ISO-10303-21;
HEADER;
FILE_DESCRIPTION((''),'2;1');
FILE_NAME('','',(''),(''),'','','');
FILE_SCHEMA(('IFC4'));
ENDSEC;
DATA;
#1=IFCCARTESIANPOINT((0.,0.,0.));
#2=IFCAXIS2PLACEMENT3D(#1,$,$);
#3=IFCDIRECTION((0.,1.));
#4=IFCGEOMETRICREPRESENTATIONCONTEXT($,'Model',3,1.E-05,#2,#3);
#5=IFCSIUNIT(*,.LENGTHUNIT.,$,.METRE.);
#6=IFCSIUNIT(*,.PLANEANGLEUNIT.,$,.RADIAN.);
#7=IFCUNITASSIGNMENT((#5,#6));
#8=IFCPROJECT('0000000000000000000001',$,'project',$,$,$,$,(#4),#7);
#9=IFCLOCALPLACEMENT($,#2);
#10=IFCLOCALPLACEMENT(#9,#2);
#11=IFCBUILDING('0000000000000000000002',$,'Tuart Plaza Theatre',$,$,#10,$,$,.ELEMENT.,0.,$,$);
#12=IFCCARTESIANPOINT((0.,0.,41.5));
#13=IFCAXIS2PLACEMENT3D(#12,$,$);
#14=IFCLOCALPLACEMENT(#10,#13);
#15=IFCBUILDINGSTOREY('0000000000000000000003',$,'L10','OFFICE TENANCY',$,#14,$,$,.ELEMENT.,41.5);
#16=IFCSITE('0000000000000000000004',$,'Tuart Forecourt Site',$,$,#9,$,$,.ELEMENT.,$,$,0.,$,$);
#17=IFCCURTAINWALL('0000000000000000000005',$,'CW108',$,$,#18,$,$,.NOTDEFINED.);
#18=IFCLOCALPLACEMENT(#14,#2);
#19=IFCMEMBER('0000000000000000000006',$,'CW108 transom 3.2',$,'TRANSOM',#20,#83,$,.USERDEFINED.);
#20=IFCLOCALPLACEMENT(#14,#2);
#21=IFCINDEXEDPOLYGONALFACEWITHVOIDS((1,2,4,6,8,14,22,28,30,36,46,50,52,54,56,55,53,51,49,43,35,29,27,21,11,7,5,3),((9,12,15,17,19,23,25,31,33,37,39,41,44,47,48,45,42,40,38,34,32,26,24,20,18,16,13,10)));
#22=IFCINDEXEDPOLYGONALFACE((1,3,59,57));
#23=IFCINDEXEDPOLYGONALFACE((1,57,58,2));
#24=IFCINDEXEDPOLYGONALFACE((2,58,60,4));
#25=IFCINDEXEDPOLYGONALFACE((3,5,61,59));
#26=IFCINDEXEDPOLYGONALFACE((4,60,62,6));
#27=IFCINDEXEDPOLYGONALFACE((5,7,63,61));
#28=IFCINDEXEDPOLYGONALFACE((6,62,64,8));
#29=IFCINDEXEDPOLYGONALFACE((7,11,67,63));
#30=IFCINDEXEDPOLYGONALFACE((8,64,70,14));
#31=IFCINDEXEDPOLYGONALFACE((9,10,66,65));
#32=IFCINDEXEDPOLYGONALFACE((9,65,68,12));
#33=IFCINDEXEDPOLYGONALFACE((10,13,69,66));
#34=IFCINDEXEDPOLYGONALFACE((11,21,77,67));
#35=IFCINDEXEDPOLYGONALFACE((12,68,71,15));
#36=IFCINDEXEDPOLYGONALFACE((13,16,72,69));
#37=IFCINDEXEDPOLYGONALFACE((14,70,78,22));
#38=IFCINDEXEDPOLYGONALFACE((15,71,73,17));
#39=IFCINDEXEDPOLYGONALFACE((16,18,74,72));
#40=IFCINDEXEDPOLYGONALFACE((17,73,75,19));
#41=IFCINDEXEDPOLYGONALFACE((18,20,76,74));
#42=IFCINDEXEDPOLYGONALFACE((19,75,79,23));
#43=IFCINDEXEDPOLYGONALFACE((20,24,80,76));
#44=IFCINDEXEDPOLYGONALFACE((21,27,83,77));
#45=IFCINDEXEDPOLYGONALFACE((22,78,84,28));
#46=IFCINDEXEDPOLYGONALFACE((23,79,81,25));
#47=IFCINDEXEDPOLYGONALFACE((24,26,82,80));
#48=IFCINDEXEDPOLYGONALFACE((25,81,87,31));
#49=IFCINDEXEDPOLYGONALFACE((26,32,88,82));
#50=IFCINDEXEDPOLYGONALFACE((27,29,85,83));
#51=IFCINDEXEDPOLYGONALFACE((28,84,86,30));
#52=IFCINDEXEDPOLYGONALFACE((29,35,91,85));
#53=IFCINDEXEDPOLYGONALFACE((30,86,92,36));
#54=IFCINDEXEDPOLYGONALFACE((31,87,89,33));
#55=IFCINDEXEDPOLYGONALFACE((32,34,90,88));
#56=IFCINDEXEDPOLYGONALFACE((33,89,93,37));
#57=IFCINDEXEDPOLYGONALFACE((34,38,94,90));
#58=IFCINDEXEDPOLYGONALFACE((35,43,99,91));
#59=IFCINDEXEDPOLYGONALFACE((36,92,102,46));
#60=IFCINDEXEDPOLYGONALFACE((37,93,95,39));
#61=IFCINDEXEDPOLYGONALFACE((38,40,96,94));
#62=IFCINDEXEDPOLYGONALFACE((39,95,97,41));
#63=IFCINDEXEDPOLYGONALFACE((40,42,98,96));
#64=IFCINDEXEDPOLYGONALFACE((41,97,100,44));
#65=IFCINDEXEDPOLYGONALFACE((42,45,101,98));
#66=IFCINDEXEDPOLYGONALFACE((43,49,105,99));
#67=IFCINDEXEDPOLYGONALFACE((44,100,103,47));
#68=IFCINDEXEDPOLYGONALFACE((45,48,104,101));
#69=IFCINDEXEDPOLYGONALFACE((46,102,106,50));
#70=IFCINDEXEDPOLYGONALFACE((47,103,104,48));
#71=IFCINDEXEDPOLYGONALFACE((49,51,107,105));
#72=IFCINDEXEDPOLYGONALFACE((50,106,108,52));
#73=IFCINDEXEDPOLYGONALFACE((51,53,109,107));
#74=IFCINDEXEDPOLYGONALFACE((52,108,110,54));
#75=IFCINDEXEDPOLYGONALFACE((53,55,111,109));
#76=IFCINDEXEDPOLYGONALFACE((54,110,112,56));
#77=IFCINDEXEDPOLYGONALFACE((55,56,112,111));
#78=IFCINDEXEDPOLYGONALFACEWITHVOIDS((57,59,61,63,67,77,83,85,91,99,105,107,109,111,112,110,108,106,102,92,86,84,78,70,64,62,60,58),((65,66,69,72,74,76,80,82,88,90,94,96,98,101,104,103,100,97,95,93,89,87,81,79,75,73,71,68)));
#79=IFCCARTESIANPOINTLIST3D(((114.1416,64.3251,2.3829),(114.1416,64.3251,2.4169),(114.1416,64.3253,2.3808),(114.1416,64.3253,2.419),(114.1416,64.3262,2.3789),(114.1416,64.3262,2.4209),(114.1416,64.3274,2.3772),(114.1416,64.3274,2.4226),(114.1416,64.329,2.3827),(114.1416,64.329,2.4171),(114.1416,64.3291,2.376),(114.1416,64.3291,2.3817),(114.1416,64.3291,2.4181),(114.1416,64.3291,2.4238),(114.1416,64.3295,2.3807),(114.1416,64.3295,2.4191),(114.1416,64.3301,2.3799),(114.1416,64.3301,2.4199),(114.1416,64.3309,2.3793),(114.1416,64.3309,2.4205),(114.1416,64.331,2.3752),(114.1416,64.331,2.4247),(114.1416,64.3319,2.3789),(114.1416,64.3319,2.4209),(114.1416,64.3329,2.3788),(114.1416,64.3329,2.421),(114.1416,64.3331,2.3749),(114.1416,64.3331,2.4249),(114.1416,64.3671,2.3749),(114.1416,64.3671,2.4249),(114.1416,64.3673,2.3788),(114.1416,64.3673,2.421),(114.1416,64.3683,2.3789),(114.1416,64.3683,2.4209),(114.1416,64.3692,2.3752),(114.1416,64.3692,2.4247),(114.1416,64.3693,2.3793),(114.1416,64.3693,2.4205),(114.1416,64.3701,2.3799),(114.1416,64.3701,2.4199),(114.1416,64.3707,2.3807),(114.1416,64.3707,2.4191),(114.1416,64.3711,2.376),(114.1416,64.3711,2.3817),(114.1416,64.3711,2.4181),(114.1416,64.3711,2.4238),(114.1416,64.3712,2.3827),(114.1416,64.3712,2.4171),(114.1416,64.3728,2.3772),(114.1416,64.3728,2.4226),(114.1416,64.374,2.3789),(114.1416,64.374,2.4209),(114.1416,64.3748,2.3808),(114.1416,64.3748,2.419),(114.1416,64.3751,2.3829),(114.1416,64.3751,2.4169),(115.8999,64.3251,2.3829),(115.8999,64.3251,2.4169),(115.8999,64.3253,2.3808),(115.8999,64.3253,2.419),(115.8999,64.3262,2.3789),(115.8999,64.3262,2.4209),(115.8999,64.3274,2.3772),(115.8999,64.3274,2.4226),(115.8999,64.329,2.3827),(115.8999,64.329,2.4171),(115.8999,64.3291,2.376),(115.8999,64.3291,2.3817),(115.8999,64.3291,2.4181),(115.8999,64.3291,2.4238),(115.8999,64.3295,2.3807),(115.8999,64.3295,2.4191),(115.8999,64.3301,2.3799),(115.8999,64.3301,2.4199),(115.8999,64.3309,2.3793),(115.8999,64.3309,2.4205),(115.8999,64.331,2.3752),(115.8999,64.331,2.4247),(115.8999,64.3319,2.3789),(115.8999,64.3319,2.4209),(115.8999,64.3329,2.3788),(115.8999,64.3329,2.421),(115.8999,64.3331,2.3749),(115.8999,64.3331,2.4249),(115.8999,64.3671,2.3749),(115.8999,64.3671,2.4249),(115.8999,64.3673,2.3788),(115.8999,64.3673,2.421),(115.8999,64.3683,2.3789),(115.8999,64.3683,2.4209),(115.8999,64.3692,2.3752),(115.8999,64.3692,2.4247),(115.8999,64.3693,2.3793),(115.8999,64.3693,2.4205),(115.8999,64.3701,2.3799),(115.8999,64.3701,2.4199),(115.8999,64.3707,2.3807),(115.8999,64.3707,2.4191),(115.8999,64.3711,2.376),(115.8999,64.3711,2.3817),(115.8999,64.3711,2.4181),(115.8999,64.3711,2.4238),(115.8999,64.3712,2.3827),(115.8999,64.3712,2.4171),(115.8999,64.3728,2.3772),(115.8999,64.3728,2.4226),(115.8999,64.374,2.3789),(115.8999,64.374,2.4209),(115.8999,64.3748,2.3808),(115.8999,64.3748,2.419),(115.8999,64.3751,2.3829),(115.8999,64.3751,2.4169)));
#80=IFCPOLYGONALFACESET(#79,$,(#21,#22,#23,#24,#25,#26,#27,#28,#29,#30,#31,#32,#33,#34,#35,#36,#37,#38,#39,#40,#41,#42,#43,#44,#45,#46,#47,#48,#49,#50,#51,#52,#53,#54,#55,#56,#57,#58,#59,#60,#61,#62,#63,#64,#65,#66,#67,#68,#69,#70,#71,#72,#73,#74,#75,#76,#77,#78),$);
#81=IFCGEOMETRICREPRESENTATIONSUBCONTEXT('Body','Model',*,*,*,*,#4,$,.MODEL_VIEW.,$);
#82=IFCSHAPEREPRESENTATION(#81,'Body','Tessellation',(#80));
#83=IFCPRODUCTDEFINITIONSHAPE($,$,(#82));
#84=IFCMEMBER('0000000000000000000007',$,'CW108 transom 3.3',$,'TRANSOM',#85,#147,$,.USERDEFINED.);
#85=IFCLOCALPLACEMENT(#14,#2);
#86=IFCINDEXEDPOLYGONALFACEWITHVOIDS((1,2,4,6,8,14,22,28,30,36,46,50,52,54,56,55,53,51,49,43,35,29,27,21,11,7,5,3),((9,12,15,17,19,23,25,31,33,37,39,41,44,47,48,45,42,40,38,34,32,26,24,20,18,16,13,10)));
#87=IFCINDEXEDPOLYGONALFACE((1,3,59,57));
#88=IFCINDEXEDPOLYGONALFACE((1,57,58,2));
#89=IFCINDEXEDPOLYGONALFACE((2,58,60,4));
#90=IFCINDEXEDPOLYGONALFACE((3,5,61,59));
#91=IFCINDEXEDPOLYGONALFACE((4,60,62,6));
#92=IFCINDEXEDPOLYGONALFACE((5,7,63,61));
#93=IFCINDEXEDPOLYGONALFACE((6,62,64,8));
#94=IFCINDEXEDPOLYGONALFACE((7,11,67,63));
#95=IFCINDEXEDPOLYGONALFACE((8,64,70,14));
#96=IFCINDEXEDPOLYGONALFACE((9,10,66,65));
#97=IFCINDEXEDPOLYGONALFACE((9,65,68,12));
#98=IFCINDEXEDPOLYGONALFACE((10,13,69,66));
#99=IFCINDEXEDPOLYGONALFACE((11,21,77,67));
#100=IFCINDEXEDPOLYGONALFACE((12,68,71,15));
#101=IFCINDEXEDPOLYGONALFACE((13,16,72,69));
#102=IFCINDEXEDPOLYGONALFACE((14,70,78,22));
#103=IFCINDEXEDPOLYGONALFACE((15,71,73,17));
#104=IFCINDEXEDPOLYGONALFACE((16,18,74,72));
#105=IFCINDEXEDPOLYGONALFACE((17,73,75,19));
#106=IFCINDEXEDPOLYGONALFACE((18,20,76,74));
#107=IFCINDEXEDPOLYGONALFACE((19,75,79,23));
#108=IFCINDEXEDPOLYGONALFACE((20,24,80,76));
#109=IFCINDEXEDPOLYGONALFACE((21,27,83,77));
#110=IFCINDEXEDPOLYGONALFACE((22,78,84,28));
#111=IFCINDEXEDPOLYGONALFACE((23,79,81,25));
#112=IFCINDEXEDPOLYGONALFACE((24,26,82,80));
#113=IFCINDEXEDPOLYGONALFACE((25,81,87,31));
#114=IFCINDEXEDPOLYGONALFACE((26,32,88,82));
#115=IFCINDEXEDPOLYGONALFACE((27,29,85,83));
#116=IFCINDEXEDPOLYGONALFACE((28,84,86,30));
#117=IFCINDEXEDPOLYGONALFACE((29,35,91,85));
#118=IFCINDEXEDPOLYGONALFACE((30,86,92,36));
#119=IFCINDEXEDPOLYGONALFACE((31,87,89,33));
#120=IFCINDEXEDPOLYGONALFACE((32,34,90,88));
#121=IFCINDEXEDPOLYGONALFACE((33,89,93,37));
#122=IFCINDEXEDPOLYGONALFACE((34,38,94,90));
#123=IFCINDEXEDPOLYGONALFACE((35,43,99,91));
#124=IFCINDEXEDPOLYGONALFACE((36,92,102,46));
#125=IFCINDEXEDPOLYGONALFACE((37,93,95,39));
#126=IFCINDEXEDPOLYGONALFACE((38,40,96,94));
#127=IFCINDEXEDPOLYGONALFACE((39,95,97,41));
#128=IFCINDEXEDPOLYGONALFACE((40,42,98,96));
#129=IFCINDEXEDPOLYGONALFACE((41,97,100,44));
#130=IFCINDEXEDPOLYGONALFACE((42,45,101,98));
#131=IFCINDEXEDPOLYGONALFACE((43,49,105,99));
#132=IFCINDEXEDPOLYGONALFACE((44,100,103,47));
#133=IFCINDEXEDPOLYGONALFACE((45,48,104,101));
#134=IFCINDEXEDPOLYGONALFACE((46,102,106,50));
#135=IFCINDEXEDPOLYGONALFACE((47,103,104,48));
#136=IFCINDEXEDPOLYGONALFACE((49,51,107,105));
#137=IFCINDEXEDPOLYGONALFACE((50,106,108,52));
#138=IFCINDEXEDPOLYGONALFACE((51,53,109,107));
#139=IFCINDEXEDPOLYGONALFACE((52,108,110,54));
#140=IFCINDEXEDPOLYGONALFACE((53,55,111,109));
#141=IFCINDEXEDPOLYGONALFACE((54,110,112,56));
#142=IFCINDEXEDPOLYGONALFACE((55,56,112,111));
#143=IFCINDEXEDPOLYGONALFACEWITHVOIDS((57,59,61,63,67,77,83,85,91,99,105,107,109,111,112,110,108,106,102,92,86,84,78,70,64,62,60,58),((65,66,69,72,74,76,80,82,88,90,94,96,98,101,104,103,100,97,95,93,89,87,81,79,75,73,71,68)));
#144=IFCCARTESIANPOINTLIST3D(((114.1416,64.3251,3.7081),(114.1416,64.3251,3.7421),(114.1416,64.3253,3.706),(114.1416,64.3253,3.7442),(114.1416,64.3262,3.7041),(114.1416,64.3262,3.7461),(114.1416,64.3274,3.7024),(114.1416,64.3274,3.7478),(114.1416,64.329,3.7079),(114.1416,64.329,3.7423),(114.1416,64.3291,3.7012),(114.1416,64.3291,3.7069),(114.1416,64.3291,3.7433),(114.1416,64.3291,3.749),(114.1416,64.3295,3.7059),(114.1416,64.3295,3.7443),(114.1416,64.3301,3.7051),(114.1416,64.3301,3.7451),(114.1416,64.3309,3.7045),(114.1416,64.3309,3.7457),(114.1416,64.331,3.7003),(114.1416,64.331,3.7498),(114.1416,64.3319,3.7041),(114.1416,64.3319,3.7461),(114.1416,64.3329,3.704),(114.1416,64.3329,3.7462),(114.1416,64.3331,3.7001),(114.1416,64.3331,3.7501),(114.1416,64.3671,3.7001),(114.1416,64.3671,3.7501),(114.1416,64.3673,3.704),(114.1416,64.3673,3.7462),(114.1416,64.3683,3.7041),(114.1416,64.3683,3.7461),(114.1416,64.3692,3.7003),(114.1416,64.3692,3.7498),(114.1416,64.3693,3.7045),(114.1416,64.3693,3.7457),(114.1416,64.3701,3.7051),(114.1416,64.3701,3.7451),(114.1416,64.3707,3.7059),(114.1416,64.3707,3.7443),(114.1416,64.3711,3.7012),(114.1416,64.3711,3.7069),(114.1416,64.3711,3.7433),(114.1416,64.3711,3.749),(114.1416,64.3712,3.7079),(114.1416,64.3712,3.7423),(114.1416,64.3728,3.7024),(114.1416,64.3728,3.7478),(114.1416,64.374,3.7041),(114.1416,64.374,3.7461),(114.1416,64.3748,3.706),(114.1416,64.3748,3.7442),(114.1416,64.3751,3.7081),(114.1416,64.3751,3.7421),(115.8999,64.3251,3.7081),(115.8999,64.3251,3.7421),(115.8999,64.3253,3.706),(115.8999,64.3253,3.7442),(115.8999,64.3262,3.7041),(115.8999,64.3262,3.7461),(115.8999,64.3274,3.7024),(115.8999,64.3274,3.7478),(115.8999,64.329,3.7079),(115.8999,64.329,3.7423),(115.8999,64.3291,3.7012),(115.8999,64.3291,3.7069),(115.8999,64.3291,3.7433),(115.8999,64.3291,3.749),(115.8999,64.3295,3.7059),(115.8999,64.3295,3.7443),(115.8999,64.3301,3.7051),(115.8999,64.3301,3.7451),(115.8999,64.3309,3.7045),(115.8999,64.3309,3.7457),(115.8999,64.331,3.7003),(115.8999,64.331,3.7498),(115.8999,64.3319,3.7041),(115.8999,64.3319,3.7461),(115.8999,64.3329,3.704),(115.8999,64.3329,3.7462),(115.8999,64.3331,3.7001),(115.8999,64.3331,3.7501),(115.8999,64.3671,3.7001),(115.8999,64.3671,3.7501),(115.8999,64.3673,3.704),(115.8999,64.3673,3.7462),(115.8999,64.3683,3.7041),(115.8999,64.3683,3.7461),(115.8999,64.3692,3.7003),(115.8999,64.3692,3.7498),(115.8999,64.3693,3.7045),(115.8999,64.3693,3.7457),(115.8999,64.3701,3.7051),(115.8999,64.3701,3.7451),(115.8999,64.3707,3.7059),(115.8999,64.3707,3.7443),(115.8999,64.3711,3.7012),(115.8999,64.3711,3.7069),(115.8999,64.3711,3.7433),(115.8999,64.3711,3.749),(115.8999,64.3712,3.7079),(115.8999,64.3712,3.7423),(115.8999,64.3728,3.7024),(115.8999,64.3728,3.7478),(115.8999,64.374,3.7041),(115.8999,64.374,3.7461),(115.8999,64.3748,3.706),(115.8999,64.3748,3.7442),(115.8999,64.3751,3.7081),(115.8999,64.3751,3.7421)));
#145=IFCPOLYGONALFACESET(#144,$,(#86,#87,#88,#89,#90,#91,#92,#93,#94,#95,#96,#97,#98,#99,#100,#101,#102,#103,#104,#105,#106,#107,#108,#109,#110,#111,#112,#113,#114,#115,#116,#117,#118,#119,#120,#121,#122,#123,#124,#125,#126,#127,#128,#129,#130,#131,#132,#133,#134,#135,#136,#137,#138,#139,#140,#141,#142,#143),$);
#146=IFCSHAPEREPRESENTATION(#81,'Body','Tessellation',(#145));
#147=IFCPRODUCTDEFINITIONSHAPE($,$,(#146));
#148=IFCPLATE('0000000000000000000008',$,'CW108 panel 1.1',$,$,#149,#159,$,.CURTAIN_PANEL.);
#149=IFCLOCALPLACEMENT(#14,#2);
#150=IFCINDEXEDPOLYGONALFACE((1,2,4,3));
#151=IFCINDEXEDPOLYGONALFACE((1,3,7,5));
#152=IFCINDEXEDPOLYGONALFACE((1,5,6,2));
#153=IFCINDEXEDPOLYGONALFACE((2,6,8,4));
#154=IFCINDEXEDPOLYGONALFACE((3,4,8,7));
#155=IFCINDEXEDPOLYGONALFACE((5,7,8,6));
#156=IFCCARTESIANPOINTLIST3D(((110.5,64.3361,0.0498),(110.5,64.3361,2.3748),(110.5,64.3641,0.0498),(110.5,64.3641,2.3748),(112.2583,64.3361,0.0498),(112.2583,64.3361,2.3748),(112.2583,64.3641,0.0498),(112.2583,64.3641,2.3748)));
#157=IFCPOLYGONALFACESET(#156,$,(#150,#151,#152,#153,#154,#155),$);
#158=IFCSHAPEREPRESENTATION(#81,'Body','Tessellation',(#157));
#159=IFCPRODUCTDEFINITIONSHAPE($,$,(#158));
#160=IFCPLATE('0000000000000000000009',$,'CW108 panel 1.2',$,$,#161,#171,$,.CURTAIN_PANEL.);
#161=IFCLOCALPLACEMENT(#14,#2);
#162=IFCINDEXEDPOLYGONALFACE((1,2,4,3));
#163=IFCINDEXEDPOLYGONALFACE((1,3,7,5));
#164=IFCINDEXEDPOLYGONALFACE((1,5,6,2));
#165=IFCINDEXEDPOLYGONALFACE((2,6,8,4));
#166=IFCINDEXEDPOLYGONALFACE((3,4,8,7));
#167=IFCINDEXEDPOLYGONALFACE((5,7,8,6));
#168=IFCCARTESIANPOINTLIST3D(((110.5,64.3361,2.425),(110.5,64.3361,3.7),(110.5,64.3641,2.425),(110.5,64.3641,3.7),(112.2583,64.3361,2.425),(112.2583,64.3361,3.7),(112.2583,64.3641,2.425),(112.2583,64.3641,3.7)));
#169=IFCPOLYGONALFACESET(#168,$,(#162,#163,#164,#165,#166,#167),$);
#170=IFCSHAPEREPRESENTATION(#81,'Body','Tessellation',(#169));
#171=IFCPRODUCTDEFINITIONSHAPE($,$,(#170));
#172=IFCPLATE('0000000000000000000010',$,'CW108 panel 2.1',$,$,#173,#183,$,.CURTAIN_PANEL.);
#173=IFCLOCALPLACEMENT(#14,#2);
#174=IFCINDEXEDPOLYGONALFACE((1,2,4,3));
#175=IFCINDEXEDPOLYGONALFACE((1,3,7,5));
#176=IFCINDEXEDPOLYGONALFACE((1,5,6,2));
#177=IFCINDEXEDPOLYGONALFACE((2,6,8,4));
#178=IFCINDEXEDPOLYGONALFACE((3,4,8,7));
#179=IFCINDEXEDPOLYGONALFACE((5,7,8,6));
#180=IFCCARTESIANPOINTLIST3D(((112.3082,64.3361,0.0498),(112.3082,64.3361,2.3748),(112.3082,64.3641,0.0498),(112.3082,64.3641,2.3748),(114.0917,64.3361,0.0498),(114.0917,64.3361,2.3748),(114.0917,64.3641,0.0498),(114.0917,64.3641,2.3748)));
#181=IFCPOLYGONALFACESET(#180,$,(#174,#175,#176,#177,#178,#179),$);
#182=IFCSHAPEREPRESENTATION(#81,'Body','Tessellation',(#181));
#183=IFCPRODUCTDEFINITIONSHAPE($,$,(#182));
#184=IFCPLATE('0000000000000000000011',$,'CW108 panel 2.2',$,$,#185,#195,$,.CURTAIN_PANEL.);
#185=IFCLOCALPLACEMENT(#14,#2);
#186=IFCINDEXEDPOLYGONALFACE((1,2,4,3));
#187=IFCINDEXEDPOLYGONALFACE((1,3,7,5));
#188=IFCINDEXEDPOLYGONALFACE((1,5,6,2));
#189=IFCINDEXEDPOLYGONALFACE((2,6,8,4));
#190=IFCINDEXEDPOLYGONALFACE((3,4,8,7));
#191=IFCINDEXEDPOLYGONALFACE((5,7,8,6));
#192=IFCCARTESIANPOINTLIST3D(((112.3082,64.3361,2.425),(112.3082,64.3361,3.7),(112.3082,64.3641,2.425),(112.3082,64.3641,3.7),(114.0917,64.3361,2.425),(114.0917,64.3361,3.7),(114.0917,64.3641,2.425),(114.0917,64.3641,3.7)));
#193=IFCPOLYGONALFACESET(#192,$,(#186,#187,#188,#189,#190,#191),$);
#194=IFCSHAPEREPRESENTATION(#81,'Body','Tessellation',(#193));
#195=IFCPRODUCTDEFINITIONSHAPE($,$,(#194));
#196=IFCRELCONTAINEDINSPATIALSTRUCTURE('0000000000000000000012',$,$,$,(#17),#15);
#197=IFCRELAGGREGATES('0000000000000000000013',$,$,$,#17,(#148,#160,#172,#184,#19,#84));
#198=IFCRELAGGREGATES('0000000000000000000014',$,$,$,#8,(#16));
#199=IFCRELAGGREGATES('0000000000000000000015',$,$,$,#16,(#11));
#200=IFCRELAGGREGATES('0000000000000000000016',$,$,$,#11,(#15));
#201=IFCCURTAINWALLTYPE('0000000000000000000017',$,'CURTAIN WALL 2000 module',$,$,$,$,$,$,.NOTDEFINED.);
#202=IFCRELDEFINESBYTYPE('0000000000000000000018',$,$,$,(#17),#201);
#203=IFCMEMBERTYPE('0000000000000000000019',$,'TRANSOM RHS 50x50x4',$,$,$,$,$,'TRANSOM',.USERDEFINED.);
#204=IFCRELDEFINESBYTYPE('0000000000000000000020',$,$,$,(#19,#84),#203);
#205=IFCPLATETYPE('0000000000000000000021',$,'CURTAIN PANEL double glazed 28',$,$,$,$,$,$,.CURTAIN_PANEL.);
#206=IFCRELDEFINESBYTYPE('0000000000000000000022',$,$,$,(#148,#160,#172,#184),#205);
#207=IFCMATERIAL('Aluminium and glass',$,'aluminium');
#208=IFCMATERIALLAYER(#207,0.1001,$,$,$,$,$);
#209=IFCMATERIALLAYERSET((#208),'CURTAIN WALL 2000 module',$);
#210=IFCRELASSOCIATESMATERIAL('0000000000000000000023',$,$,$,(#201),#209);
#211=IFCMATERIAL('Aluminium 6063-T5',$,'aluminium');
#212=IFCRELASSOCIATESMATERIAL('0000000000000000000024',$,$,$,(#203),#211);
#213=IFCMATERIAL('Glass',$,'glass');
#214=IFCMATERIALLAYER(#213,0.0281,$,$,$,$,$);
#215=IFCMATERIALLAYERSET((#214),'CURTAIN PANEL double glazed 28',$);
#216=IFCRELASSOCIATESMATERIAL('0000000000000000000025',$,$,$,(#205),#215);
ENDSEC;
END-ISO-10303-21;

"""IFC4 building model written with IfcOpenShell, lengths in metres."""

from ifc_helpers import new_model, si_unit, direction, frame, origin, origin_2d, place, context, subcontext, project, spatial, rectangle, hollow_rectangle, extrude, material, layer, layer_set, material_profile, profile_set, type_object, element, aggregate, save


model = new_model("IFC4")

# Units and contexts
model_context = context("Model", 3, precision=1e-05, world=origin(), true_north=direction((0.0, 1.0)))
body_context = subcontext(model_context, "Body", "Model", "MODEL_VIEW")
ifc_project = project(units=[si_unit("LENGTHUNIT", "METRE"), si_unit("PLANEANGLEUNIT", "RADIAN")], contexts=[model_context])

# Site, building, storey
site_placement = place(None, origin())
site = spatial("IfcSite", under=ifc_project, at=site_placement, Name="Tuart Forecourt Site", CompositionType="ELEMENT", RefElevation=0.0)
building_placement = place(site_placement, origin())
building = spatial("IfcBuilding", under=site, at=building_placement, Name="Tuart Plaza Theatre", CompositionType="ELEMENT", ElevationOfRefHeight=0.0)
storey_placement = place(building_placement, frame((0.0, 0.0, 41.5)))
storey = spatial("IfcBuildingStorey", under=building, at=storey_placement, Name="L10", Description="OFFICE TENANCY", CompositionType="ELEMENT", Elevation=41.5)

# Curtain wall, members, plates
ifc_material_1 = material(Name="Aluminium and glass", Category="aluminium")
ifc_layer_1 = layer(ifc_material_1, 0.1001)
ifc_layer_set_1 = layer_set([ifc_layer_1], Name="CURTAIN WALL 2000 module")
curtain_wall_type = type_object("IfcCurtainWallType", Name="CURTAIN WALL 2000 module", PredefinedType="NOTDEFINED", material=ifc_layer_set_1)
curtain_wall_placement = place(storey_placement, origin())
curtain_wall = element("IfcCurtainWall", 1, at=curtain_wall_placement, inside=storey, type_object=curtain_wall_type, Name="CW108", PredefinedType="NOTDEFINED")
ifc_material_2 = material(Name="Aluminium 6063-T5", Category="aluminium")
ifc_material_profile_1 = material_profile(ifc_material_2, hollow_rectangle(XDim=0.05, YDim=0.05, WallThickness=0.0039, InnerFilletRadius=0.0039, OuterFilletRadius=0.0081, at=origin_2d()), Name="RHS 50x50x4")
ifc_profile_set_1 = profile_set([ifc_material_profile_1], Name="Aluminium 6063-T5")
member_type_1 = type_object("IfcMemberType", Name="TRANSOM RHS 50x50x4", ElementType="TRANSOM", PredefinedType="USERDEFINED", material=ifc_profile_set_1)
member_1_placement = place(storey_placement, frame((114.1416, 64.3501, 2.3999), z_axis=(1.0, 0.0, 0.0), x_axis=(0.0, 1.0, 0.0)))
member_1 = element("IfcMember", 2, at=member_1_placement, type_object=member_type_1, Name="CW108 transom 3.2", ObjectType="TRANSOM", PredefinedType="USERDEFINED", context=body_context, shape_type="SweptSolid", body=[
    extrude(hollow_rectangle(XDim=0.05, YDim=0.05, WallThickness=0.0039, InnerFilletRadius=0.0039, OuterFilletRadius=0.0081, at=origin_2d()), origin(), (0.0, 0.0, 1.0), 1.7583),
])
member_2_placement = place(storey_placement, frame((114.1416, 64.3501, 3.7251), z_axis=(1.0, 0.0, 0.0), x_axis=(0.0, 1.0, 0.0)))
member_2 = element("IfcMember", 3, at=member_2_placement, type_object=member_type_1, Name="CW108 transom 3.3", ObjectType="TRANSOM", PredefinedType="USERDEFINED", context=body_context, shape_type="SweptSolid", body=[
    extrude(hollow_rectangle(XDim=0.05, YDim=0.05, WallThickness=0.0039, InnerFilletRadius=0.0039, OuterFilletRadius=0.0081, at=origin_2d()), origin(), (0.0, 0.0, 1.0), 1.7583),
])
ifc_material_3 = material(Name="Glass", Category="glass")
ifc_layer_2 = layer(ifc_material_3, 0.0281)
ifc_layer_set_2 = layer_set([ifc_layer_2], Name="CURTAIN PANEL double glazed 28")
plate_type = type_object("IfcPlateType", Name="CURTAIN PANEL double glazed 28", PredefinedType="CURTAIN_PANEL", material=ifc_layer_set_2)
plate_1_placement = place(storey_placement, frame((111.3792, 64.3501, 0.0498), z_axis=(0.0, 0.0, 1.0), x_axis=(1.0, 0.0, 0.0)))
plate_1 = element("IfcPlate", 4, at=plate_1_placement, type_object=plate_type, Name="CW108 panel 1.1", PredefinedType="CURTAIN_PANEL", context=body_context, shape_type="SweptSolid", body=[
    extrude(rectangle(XDim=1.7583, YDim=0.0281, at=origin_2d()), origin(), (0.0, 0.0, 1.0), 2.325),
])
plate_2_placement = place(storey_placement, frame((111.3792, 64.3501, 2.425), z_axis=(0.0, 0.0, 1.0), x_axis=(1.0, 0.0, 0.0)))
plate_2 = element("IfcPlate", 5, at=plate_2_placement, type_object=plate_type, Name="CW108 panel 1.2", PredefinedType="CURTAIN_PANEL", context=body_context, shape_type="SweptSolid", body=[
    extrude(rectangle(XDim=1.7583, YDim=0.0281, at=origin_2d()), origin(), (0.0, 0.0, 1.0), 1.2749),
])
plate_3_placement = place(storey_placement, frame((113.2, 64.3501, 0.0498), z_axis=(0.0, 0.0, 1.0), x_axis=(1.0, 0.0, 0.0)))
plate_3 = element("IfcPlate", 6, at=plate_3_placement, type_object=plate_type, Name="CW108 panel 2.1", PredefinedType="CURTAIN_PANEL", context=body_context, shape_type="SweptSolid", body=[
    extrude(rectangle(XDim=1.7834, YDim=0.0281, at=origin_2d()), origin(), (0.0, 0.0, 1.0), 2.325),
])
plate_4_placement = place(storey_placement, frame((113.2, 64.3501, 2.425), z_axis=(0.0, 0.0, 1.0), x_axis=(1.0, 0.0, 0.0)))
plate_4 = element("IfcPlate", 7, at=plate_4_placement, type_object=plate_type, Name="CW108 panel 2.2", PredefinedType="CURTAIN_PANEL", context=body_context, shape_type="SweptSolid", body=[
    extrude(rectangle(XDim=1.7834, YDim=0.0281, at=origin_2d()), origin(), (0.0, 0.0, 1.0), 1.2749),
])
aggregate(curtain_wall, [plate_1, plate_2, plate_3, plate_4, member_1, member_2])

save(model, "model.ifc")
